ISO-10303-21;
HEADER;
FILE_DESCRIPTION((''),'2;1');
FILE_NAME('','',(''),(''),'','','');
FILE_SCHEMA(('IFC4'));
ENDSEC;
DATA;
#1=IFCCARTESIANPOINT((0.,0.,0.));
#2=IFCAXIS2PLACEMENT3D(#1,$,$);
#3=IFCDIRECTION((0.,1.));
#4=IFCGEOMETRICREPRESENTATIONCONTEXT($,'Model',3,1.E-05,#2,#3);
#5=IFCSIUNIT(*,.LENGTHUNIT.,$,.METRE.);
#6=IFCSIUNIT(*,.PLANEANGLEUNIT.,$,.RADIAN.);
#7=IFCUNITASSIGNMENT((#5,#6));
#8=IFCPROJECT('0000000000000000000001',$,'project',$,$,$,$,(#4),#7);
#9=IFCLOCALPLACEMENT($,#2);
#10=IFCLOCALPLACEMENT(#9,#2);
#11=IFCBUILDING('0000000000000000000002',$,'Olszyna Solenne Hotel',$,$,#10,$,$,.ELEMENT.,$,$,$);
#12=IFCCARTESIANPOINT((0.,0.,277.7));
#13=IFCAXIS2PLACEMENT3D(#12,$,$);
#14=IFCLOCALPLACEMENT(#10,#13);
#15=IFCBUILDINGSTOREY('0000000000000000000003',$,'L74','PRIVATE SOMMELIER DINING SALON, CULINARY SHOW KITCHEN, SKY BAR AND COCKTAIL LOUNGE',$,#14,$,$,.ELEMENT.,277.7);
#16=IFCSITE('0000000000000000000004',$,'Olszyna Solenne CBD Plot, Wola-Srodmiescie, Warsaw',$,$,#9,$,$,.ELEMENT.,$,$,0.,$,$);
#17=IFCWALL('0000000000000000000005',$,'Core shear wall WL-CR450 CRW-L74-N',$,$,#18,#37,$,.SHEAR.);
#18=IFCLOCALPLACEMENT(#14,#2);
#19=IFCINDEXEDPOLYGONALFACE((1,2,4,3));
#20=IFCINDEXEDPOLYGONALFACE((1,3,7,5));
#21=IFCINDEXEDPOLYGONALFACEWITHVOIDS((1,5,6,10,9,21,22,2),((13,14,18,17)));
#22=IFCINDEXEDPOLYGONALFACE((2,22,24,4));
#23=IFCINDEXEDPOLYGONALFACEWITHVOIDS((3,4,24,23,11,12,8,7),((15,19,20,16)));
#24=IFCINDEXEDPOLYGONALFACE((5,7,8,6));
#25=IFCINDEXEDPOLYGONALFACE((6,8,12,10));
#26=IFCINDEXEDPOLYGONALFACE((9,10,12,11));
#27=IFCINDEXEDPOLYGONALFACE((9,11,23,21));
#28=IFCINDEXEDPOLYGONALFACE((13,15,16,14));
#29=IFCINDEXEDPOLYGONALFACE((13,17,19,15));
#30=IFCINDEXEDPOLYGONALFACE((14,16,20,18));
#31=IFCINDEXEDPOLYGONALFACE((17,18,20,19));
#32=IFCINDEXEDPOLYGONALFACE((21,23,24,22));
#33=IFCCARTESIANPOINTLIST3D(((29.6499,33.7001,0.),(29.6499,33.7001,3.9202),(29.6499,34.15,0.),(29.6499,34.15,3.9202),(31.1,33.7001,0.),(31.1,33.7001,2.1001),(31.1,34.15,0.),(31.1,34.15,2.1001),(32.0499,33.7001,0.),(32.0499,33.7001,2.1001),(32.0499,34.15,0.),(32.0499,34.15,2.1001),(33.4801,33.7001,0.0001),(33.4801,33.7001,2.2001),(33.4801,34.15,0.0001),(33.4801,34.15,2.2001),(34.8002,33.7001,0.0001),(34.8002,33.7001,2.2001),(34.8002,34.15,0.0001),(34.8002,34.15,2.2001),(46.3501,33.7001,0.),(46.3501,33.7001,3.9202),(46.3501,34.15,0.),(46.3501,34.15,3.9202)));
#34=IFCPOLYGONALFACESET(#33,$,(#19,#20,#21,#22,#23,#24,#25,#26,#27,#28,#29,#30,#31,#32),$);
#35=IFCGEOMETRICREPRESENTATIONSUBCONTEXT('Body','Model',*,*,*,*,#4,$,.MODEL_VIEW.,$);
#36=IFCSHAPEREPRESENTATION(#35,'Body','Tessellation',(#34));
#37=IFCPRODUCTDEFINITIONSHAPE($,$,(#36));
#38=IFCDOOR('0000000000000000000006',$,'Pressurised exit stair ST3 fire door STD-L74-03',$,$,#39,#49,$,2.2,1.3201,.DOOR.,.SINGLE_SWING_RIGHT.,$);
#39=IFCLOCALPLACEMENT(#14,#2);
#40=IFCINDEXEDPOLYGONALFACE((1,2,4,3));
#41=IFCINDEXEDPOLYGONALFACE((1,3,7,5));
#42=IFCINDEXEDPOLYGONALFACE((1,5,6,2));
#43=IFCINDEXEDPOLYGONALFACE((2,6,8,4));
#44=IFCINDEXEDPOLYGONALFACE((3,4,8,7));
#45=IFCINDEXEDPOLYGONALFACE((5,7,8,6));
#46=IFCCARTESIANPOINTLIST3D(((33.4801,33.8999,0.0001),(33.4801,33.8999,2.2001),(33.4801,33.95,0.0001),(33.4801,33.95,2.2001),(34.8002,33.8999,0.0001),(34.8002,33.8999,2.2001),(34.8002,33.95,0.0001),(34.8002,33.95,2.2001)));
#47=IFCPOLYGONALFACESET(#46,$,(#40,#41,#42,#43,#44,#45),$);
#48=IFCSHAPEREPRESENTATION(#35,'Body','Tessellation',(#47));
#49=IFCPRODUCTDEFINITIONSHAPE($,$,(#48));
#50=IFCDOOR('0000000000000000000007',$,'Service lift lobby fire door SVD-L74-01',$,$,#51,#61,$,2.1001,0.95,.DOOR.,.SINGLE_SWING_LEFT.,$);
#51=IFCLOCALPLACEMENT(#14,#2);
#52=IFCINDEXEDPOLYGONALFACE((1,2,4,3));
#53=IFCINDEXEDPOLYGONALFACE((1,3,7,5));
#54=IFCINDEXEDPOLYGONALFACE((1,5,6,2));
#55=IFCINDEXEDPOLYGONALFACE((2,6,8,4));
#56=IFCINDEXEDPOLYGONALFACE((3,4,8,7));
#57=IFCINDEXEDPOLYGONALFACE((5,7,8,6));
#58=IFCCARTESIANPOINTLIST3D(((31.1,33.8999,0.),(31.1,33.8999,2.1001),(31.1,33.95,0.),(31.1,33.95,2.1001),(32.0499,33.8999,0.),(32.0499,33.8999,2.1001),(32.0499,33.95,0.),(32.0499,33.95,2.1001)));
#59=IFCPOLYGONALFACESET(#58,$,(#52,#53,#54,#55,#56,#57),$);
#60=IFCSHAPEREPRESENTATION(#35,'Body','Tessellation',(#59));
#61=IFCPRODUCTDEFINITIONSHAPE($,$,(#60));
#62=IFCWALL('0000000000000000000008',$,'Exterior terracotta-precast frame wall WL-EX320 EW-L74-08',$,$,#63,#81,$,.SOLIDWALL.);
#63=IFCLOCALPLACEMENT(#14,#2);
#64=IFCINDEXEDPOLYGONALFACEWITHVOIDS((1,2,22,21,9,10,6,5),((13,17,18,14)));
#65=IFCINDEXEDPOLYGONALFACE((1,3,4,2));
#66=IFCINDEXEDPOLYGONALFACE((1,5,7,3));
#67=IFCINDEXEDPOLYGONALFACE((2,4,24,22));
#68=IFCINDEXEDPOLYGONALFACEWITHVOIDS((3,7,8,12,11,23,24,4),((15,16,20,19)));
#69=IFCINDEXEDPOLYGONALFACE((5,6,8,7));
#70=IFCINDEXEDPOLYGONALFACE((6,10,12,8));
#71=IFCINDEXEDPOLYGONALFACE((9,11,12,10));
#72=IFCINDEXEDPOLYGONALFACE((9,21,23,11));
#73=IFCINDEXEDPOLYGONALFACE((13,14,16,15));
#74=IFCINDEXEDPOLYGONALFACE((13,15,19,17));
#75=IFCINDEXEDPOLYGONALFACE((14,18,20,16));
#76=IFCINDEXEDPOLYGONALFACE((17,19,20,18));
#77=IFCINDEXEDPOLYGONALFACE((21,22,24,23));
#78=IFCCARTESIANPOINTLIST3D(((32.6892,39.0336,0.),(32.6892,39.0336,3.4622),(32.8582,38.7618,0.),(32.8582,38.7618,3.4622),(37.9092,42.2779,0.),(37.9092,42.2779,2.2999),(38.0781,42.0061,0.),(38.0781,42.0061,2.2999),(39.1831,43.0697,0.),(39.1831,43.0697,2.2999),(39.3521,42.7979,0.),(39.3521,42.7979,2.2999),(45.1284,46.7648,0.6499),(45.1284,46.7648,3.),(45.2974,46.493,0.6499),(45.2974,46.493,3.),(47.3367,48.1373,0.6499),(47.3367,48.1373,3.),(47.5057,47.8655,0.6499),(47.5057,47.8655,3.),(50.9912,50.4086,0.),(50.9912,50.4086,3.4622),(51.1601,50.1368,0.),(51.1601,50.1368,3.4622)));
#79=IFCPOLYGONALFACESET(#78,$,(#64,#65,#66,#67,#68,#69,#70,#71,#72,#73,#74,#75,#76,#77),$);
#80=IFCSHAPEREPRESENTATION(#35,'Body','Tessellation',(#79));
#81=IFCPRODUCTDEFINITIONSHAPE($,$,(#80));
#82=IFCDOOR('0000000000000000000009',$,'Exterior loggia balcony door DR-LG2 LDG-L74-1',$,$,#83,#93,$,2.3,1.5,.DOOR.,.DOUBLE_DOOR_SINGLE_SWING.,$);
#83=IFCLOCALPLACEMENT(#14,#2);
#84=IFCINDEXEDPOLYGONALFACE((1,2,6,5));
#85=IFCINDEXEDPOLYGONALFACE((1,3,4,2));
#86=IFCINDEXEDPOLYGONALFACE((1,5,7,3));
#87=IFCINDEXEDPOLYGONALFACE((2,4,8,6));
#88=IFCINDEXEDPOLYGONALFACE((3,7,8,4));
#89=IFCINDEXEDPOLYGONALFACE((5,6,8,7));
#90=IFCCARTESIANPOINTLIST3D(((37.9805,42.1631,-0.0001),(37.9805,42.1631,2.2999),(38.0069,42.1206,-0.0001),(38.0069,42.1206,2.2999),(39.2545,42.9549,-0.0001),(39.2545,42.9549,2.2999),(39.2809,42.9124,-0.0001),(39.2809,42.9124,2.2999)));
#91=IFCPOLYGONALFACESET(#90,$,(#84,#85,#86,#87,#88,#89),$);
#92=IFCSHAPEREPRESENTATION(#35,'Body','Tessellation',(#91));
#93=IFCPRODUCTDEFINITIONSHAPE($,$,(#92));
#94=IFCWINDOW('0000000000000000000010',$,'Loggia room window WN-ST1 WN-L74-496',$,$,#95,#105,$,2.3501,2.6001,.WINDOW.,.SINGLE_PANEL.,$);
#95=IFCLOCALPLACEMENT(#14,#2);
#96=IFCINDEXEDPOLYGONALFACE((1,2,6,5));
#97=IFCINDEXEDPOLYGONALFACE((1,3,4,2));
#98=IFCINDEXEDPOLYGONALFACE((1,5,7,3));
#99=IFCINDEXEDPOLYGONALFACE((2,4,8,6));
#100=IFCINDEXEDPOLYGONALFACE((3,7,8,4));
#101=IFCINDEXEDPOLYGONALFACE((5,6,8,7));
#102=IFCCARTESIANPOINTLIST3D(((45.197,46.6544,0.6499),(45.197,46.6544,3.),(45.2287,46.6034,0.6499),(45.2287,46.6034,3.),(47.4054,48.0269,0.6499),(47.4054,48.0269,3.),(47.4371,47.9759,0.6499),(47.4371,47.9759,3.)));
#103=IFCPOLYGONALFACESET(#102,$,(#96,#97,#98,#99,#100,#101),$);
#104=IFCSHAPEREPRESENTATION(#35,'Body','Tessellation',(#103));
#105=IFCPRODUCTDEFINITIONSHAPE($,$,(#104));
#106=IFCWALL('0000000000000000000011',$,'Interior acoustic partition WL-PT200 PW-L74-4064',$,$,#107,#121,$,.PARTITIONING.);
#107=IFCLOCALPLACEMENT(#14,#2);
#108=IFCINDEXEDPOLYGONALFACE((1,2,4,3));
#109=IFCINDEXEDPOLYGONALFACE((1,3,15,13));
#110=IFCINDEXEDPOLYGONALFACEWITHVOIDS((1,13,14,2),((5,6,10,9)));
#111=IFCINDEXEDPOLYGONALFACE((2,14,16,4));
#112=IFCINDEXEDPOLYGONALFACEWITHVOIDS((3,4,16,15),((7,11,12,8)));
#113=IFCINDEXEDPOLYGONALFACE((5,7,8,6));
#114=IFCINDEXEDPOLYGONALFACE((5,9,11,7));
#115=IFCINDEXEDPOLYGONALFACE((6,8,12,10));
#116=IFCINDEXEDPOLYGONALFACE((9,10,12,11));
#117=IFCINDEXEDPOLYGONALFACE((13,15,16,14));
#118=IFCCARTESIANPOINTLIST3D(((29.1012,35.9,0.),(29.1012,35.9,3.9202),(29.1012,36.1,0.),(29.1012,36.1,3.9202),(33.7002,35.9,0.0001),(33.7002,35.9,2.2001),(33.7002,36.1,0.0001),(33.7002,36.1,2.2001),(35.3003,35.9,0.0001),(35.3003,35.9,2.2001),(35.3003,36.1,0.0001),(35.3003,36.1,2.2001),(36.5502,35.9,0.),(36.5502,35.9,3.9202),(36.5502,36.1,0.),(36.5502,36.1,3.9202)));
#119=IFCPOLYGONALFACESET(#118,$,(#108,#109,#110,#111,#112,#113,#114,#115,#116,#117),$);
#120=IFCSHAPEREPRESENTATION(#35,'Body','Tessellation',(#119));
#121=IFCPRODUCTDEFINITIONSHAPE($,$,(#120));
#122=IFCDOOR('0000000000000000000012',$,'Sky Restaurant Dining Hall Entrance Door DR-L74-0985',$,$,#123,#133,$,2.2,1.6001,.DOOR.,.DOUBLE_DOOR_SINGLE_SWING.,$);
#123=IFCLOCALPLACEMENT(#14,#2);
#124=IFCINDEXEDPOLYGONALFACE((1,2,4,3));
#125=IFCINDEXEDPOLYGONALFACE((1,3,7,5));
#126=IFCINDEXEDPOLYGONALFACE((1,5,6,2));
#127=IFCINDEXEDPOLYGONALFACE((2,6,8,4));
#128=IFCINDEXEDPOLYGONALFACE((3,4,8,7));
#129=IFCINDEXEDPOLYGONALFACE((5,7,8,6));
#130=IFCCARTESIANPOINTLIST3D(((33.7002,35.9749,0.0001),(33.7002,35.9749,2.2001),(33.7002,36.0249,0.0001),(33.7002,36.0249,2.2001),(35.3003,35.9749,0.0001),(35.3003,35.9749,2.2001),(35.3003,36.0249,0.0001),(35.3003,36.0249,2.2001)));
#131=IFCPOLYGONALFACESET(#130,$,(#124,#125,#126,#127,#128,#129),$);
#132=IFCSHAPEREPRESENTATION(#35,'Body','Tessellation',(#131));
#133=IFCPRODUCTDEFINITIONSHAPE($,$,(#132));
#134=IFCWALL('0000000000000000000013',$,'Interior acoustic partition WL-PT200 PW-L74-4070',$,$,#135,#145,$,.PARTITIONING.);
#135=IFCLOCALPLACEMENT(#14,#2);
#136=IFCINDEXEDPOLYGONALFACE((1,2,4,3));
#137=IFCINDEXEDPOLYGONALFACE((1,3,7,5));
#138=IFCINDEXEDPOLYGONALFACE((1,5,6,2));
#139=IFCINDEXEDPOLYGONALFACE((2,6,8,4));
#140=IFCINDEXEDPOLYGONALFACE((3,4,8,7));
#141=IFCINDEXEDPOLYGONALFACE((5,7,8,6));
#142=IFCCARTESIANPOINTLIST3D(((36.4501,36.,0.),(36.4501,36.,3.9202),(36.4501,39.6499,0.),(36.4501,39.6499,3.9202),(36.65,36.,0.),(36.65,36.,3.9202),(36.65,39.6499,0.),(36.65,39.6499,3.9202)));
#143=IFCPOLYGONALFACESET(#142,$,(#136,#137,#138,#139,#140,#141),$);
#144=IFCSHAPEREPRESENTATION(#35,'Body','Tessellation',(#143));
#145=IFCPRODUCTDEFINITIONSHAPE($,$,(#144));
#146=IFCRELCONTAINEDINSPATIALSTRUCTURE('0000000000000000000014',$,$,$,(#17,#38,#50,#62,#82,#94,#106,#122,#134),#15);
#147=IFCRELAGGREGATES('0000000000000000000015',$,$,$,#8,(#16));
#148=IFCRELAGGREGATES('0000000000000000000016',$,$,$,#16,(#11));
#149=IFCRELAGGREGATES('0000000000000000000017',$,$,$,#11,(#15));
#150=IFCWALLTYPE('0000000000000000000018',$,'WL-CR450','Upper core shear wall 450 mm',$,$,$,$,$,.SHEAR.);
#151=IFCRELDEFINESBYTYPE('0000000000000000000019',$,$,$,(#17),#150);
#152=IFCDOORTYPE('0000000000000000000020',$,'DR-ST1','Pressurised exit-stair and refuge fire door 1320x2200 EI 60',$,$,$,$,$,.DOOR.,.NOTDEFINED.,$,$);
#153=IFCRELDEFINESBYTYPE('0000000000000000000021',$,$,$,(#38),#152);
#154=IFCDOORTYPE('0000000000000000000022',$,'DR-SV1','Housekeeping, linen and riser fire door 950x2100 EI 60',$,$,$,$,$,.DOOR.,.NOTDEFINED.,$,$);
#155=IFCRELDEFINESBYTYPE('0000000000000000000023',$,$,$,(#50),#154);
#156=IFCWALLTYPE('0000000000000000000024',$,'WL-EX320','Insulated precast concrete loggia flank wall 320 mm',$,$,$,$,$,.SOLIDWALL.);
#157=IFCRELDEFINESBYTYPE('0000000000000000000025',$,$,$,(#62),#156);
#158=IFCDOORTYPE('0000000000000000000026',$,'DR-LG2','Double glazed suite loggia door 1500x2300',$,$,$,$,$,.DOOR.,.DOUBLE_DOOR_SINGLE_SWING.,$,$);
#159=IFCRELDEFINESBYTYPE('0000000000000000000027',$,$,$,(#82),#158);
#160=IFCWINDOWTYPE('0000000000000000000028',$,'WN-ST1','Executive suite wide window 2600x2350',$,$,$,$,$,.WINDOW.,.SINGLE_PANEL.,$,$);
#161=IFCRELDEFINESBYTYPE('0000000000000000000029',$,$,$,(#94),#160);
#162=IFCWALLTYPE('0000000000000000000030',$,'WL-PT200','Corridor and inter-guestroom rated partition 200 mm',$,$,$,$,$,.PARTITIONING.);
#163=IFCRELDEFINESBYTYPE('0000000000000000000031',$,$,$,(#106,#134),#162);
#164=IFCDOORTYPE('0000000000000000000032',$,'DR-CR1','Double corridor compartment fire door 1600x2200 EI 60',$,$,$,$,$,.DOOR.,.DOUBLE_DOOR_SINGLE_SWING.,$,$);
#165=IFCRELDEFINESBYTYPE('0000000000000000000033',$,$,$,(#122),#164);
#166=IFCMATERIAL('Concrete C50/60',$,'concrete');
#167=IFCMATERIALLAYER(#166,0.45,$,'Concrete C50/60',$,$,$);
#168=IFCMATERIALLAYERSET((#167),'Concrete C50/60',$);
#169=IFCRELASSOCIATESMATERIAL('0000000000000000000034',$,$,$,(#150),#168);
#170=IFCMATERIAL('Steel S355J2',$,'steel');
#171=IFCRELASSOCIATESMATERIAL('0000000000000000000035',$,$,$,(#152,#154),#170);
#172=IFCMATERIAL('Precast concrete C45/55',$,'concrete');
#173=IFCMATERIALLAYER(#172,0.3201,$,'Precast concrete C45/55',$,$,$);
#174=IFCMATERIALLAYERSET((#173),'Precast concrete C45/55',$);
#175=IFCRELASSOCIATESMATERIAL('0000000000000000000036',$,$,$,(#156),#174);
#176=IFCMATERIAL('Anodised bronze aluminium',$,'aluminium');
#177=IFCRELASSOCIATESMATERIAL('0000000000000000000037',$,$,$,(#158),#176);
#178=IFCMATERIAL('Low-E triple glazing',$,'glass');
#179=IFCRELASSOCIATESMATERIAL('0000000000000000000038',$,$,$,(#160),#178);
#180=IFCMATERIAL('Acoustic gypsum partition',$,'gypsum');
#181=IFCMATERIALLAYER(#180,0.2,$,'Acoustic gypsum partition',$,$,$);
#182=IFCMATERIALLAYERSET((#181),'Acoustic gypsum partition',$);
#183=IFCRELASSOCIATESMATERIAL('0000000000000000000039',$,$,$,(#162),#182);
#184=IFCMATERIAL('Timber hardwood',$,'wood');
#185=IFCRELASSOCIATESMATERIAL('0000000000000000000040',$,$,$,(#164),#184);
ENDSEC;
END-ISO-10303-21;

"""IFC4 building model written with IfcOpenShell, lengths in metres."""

from ifc_helpers import new_model, si_unit, direction, frame, frame_2d, origin, place, context, subcontext, project, spatial, rectangle, extrude, source, transform, mapped, material, layer, layer_set, type_object, type_shapes, element, fill, save


model = new_model("IFC4")

# Units and contexts
model_context = context("Model", 3, precision=1e-05, world=origin(), true_north=direction((0.0, 1.0)))
body_context = subcontext(model_context, "Body", "Model", "MODEL_VIEW")
ifc_project = project(units=[si_unit("LENGTHUNIT", "METRE"), si_unit("PLANEANGLEUNIT", "RADIAN")], contexts=[model_context])

# Site, building, storey
site_placement = place(None, origin())
site = spatial("IfcSite", under=ifc_project, at=site_placement, Name="Olszyna Solenne CBD Plot, Wola-Srodmiescie, Warsaw", CompositionType="ELEMENT", RefElevation=0.0)
building_placement = place(site_placement, origin())
building = spatial("IfcBuilding", under=site, at=building_placement, Name="Olszyna Solenne Hotel", CompositionType="ELEMENT")
storey_placement = place(building_placement, frame((0.0, 0.0, 277.7)))
storey = spatial("IfcBuildingStorey", under=building, at=storey_placement, Name="L74", Description="PRIVATE SOMMELIER DINING SALON, CULINARY SHOW KITCHEN, SKY BAR AND COCKTAIL LOUNGE", CompositionType="ELEMENT", Elevation=277.7)

# Shared definitions
ifc_material_1 = material(Name="Steel S355J2", Category="steel")

# Shared definitions
ifc_material_2 = material(Name="Anodised bronze aluminium", Category="aluminium")
ifc_material_3 = material(Name="Low-E triple glazing", Category="glass")

# Wall, openings, doors
ifc_material_4 = material(Name="Concrete C50/60", Category="concrete")
ifc_layer_1 = layer(ifc_material_4, 0.45, Name="Concrete C50/60")
ifc_layer_set_1 = layer_set([ifc_layer_1], Name="Concrete C50/60")
wall_type_1 = type_object("IfcWallType", Name="WL-CR450", Description="Upper core shear wall 450 mm", PredefinedType="SHEAR", material=ifc_layer_set_1)
wall_1_placement = place(storey_placement, frame((29.6499, 33.925, 0.0), z_axis=(0.0, 0.0, 1.0), x_axis=(1.0, 0.0, 0.0)))
wall_1 = element("IfcWall", 1, at=wall_1_placement, inside=storey, type_object=wall_type_1, Name="Core shear wall WL-CR450 CRW-L74-N", PredefinedType="SHEAR", context=body_context, shape_type="SweptSolid", body=[
    extrude(rectangle(XDim=16.7002, YDim=0.45, at=frame_2d((8.3501, 0.0))), origin(), (0.0, 0.0, 1.0), 3.9202),
])
opening_1_placement = place(wall_1_placement, frame((1.45, 0.0, 0.0)))
opening_1 = element("IfcOpeningElement", 2, at=opening_1_placement, cuts=wall_1, PredefinedType="OPENING", context=body_context, shape_type="SweptSolid", body=[
    extrude(rectangle(XDim=0.95, YDim=2.1001, at=frame_2d((0.4751, 1.05))), frame((0.0, 0.2349, 0.0), z_axis=(0.0, -1.0, 0.0), x_axis=(1.0, 0.0, 0.0)), (0.0, 0.0, 1.0), 0.47),
])
opening_2_placement = place(wall_1_placement, frame((3.8301, 0.0, 0.0)))
opening_2 = element("IfcOpeningElement", 3, at=opening_2_placement, cuts=wall_1, PredefinedType="OPENING", context=body_context, shape_type="SweptSolid", body=[
    extrude(rectangle(XDim=1.3201, YDim=2.2, at=frame_2d((0.6602, 1.1001))), frame((0.0, 0.2349, 0.0), z_axis=(0.0, -1.0, 0.0), x_axis=(1.0, 0.0, 0.0)), (0.0, 0.0, 1.0), 0.47),
])
door_type_1 = type_object("IfcDoorType", Name="DR-ST1", Description="Pressurised exit-stair and refuge fire door 1320x2200 EI 60", OperationType="NOTDEFINED", PredefinedType="DOOR", material=ifc_material_1)
shared_shape_1 = source(origin(), body_context, "Body", "SweptSolid", [
    extrude(rectangle(XDim=1.3201, YDim=2.2, at=frame_2d((0.6602, 1.1001))), frame((0.0, 0.0249, 0.0), z_axis=(0.0, -1.0, 0.0), x_axis=(1.0, 0.0, 0.0)), (0.0, 0.0, 1.0), 0.05),
])
type_shapes(door_type_1, [shared_shape_1])
door_1_placement = place(opening_2_placement, origin())
door_1 = element("IfcDoor", 4, at=door_1_placement, inside=storey, type_object=door_type_1, Name="Pressurised exit stair ST3 fire door STD-L74-03", OperationType="SINGLE_SWING_RIGHT", OverallHeight=2.2, OverallWidth=1.3201, PredefinedType="DOOR", context=body_context, shape_type="MappedRepresentation", body=[
    mapped(shared_shape_1, transform((0.0, 0.0, 0.0), x_axis=(1.0, 0.0, 0.0), y_axis=(0.0, 1.0, 0.0), z_axis=(0.0, 0.0, 1.0), scale=1.0)),
])
fill(opening_2, door_1)
door_type_2 = type_object("IfcDoorType", Name="DR-SV1", Description="Housekeeping, linen and riser fire door 950x2100 EI 60", OperationType="NOTDEFINED", PredefinedType="DOOR", material=ifc_material_1)
shared_shape_2 = source(origin(), body_context, "Body", "SweptSolid", [
    extrude(rectangle(XDim=0.95, YDim=2.1001, at=frame_2d((0.4751, 1.05))), frame((0.0, 0.0249, 0.0), z_axis=(0.0, -1.0, 0.0), x_axis=(1.0, 0.0, 0.0)), (0.0, 0.0, 1.0), 0.05),
])
type_shapes(door_type_2, [shared_shape_2])
door_2_placement = place(opening_1_placement, origin())
door_2 = element("IfcDoor", 5, at=door_2_placement, inside=storey, type_object=door_type_2, Name="Service lift lobby fire door SVD-L74-01", OperationType="SINGLE_SWING_LEFT", OverallHeight=2.1001, OverallWidth=0.95, PredefinedType="DOOR", context=body_context, shape_type="MappedRepresentation", body=[
    mapped(shared_shape_2, transform((0.0, 0.0, 0.0), x_axis=(1.0, 0.0, 0.0), y_axis=(0.0, 1.0, 0.0), z_axis=(0.0, 0.0, 1.0), scale=1.0)),
])
fill(opening_1, door_2)

# Wall, openings, door, window
ifc_material_5 = material(Name="Precast concrete C45/55", Category="concrete")
ifc_layer_2 = layer(ifc_material_5, 0.3201, Name="Precast concrete C45/55")
ifc_layer_set_2 = layer_set([ifc_layer_2], Name="Precast concrete C45/55")
wall_type_2 = type_object("IfcWallType", Name="WL-EX320", Description="Insulated precast concrete loggia flank wall 320 mm", PredefinedType="SOLIDWALL", material=ifc_layer_set_2)
wall_2_placement = place(storey_placement, frame((32.7737, 38.8977, 0.0), z_axis=(0.0, 0.0, 1.0), x_axis=(0.849325, 0.52787, 0.0)))
wall_2 = element("IfcWall", 6, at=wall_2_placement, inside=storey, type_object=wall_type_2, Name="Exterior terracotta-precast frame wall WL-EX320 EW-L74-08", PredefinedType="SOLIDWALL", context=body_context, shape_type="SweptSolid", body=[
    extrude(rectangle(XDim=21.5488, YDim=0.3201, at=frame_2d((10.7744, 0.0))), origin(), (0.0, 0.0, 1.0), 3.4622),
])
opening_3_placement = place(wall_2_placement, frame((6.146, 0.0, 0.0)))
opening_3 = element("IfcOpeningElement", 7, at=opening_3_placement, cuts=wall_2, PredefinedType="OPENING", context=body_context, shape_type="SweptSolid", body=[
    extrude(rectangle(XDim=1.5, YDim=2.3, at=frame_2d((0.75, 1.1499))), frame((0.0, 0.1699, 0.0), z_axis=(0.0, -1.0, 0.0), x_axis=(1.0, 0.0, 0.0)), (0.0, 0.0, 1.0), 0.3401),
])
opening_4_placement = place(wall_2_placement, frame((14.646, 0.0, 0.6499)))
opening_4 = element("IfcOpeningElement", 8, at=opening_4_placement, cuts=wall_2, PredefinedType="OPENING", context=body_context, shape_type="SweptSolid", body=[
    extrude(rectangle(XDim=2.6001, YDim=2.3501, at=frame_2d((1.3, 1.175))), frame((0.0, 0.1699, 0.0), z_axis=(0.0, -1.0, 0.0), x_axis=(1.0, 0.0, 0.0)), (0.0, 0.0, 1.0), 0.3401),
])
door_type_3 = type_object("IfcDoorType", Name="DR-LG2", Description="Double glazed suite loggia door 1500x2300", OperationType="DOUBLE_DOOR_SINGLE_SWING", PredefinedType="DOOR", material=ifc_material_2)
shared_shape_3 = source(origin(), body_context, "Body", "SweptSolid", [
    extrude(rectangle(XDim=1.5, YDim=2.3, at=frame_2d((0.75, 1.1499))), frame((0.0, 0.0249, 0.0), z_axis=(0.0, -1.0, 0.0), x_axis=(1.0, 0.0, 0.0)), (0.0, 0.0, 1.0), 0.05),
])
type_shapes(door_type_3, [shared_shape_3])
door_3_placement = place(opening_3_placement, origin())
door_3 = element("IfcDoor", 9, at=door_3_placement, inside=storey, type_object=door_type_3, Name="Exterior loggia balcony door DR-LG2 LDG-L74-1", OperationType="DOUBLE_DOOR_SINGLE_SWING", OverallHeight=2.3, OverallWidth=1.5, PredefinedType="DOOR", context=body_context, shape_type="MappedRepresentation", body=[
    mapped(shared_shape_3, transform((0.0, 0.0, 0.0), x_axis=(1.0, 0.0, 0.0), y_axis=(0.0, 1.0, 0.0), z_axis=(0.0, 0.0, 1.0), scale=1.0)),
])
fill(opening_3, door_3)
window_type = type_object("IfcWindowType", Name="WN-ST1", Description="Executive suite wide window 2600x2350", PartitioningType="SINGLE_PANEL", PredefinedType="WINDOW", material=ifc_material_3)
shared_shape_4 = source(origin(), body_context, "Body", "SweptSolid", [
    extrude(rectangle(XDim=2.6001, YDim=2.3501, at=frame_2d((1.3, 1.175))), frame((0.0, 0.03, 0.0), z_axis=(0.0, -1.0, 0.0), x_axis=(1.0, 0.0, 0.0)), (0.0, 0.0, 1.0), 0.0601),
])
type_shapes(window_type, [shared_shape_4])
window_placement = place(opening_4_placement, origin())
window = element("IfcWindow", 10, at=window_placement, inside=storey, type_object=window_type, Name="Loggia room window WN-ST1 WN-L74-496", OverallHeight=2.3501, OverallWidth=2.6001, PartitioningType="SINGLE_PANEL", PredefinedType="WINDOW", context=body_context, shape_type="MappedRepresentation", body=[
    mapped(shared_shape_4, transform((0.0, 0.0, 0.0), x_axis=(1.0, 0.0, 0.0), y_axis=(0.0, 1.0, 0.0), z_axis=(0.0, 0.0, 1.0), scale=1.0)),
])
fill(opening_4, window)

# Wall, opening, door
ifc_material_6 = material(Name="Acoustic gypsum partition", Category="gypsum")
ifc_layer_3 = layer(ifc_material_6, 0.2, Name="Acoustic gypsum partition")
ifc_layer_set_3 = layer_set([ifc_layer_3], Name="Acoustic gypsum partition")
wall_type_3 = type_object("IfcWallType", Name="WL-PT200", Description="Corridor and inter-guestroom rated partition 200 mm", PredefinedType="PARTITIONING", material=ifc_layer_set_3)
wall_3_placement = place(storey_placement, frame((29.1011, 36.0, 0.0), z_axis=(0.0, 0.0, 1.0), x_axis=(1.0, 0.0, 0.0)))
wall_3 = element("IfcWall", 11, at=wall_3_placement, inside=storey, type_object=wall_type_3, Name="Interior acoustic partition WL-PT200 PW-L74-4064", PredefinedType="PARTITIONING", context=body_context, shape_type="SweptSolid", body=[
    extrude(rectangle(XDim=7.449, YDim=0.2, at=frame_2d((3.7246, 0.0))), origin(), (0.0, 0.0, 1.0), 3.9202),
])
opening_5_placement = place(wall_3_placement, frame((4.5991, 0.0, 0.0)))
opening_5 = element("IfcOpeningElement", 12, at=opening_5_placement, cuts=wall_3, PredefinedType="OPENING", context=body_context, shape_type="SweptSolid", body=[
    extrude(rectangle(XDim=1.6001, YDim=2.2, at=frame_2d((0.8, 1.1001))), frame((0.0, 0.1099, 0.0), z_axis=(0.0, -1.0, 0.0), x_axis=(1.0, 0.0, 0.0)), (0.0, 0.0, 1.0), 0.22),
])
ifc_material_7 = material(Name="Timber hardwood", Category="wood")
door_type_4 = type_object("IfcDoorType", Name="DR-CR1", Description="Double corridor compartment fire door 1600x2200 EI 60", OperationType="DOUBLE_DOOR_SINGLE_SWING", PredefinedType="DOOR", material=ifc_material_7)
shared_shape_5 = source(origin(), body_context, "Body", "SweptSolid", [
    extrude(rectangle(XDim=1.6001, YDim=2.2, at=frame_2d((0.8, 1.1001))), frame((0.0, 0.0249, 0.0), z_axis=(0.0, -1.0, 0.0), x_axis=(1.0, 0.0, 0.0)), (0.0, 0.0, 1.0), 0.05),
])
type_shapes(door_type_4, [shared_shape_5])
door_4_placement = place(opening_5_placement, origin())
door_4 = element("IfcDoor", 13, at=door_4_placement, inside=storey, type_object=door_type_4, Name="Sky Restaurant Dining Hall Entrance Door DR-L74-0985", OperationType="DOUBLE_DOOR_SINGLE_SWING", OverallHeight=2.2, OverallWidth=1.6001, PredefinedType="DOOR", context=body_context, shape_type="MappedRepresentation", body=[
    mapped(shared_shape_5, transform((0.0, 0.0, 0.0), x_axis=(1.0, 0.0, 0.0), y_axis=(0.0, 1.0, 0.0), z_axis=(0.0, 0.0, 1.0), scale=1.0)),
])
fill(opening_5, door_4)

# Wall
wall_4_placement = place(storey_placement, frame((36.55, 36.0, 0.0), z_axis=(0.0, 0.0, 1.0), x_axis=(0.0, 1.0, 0.0)))
element("IfcWall", 14, at=wall_4_placement, inside=storey, type_object=wall_type_3, Name="Interior acoustic partition WL-PT200 PW-L74-4070", PredefinedType="PARTITIONING", context=body_context, shape_type="SweptSolid", body=[
    extrude(rectangle(XDim=3.6499, YDim=0.2, at=frame_2d((1.825, 0.0))), origin(), (0.0, 0.0, 1.0), 3.9202),
])

save(model, "model.ifc")
